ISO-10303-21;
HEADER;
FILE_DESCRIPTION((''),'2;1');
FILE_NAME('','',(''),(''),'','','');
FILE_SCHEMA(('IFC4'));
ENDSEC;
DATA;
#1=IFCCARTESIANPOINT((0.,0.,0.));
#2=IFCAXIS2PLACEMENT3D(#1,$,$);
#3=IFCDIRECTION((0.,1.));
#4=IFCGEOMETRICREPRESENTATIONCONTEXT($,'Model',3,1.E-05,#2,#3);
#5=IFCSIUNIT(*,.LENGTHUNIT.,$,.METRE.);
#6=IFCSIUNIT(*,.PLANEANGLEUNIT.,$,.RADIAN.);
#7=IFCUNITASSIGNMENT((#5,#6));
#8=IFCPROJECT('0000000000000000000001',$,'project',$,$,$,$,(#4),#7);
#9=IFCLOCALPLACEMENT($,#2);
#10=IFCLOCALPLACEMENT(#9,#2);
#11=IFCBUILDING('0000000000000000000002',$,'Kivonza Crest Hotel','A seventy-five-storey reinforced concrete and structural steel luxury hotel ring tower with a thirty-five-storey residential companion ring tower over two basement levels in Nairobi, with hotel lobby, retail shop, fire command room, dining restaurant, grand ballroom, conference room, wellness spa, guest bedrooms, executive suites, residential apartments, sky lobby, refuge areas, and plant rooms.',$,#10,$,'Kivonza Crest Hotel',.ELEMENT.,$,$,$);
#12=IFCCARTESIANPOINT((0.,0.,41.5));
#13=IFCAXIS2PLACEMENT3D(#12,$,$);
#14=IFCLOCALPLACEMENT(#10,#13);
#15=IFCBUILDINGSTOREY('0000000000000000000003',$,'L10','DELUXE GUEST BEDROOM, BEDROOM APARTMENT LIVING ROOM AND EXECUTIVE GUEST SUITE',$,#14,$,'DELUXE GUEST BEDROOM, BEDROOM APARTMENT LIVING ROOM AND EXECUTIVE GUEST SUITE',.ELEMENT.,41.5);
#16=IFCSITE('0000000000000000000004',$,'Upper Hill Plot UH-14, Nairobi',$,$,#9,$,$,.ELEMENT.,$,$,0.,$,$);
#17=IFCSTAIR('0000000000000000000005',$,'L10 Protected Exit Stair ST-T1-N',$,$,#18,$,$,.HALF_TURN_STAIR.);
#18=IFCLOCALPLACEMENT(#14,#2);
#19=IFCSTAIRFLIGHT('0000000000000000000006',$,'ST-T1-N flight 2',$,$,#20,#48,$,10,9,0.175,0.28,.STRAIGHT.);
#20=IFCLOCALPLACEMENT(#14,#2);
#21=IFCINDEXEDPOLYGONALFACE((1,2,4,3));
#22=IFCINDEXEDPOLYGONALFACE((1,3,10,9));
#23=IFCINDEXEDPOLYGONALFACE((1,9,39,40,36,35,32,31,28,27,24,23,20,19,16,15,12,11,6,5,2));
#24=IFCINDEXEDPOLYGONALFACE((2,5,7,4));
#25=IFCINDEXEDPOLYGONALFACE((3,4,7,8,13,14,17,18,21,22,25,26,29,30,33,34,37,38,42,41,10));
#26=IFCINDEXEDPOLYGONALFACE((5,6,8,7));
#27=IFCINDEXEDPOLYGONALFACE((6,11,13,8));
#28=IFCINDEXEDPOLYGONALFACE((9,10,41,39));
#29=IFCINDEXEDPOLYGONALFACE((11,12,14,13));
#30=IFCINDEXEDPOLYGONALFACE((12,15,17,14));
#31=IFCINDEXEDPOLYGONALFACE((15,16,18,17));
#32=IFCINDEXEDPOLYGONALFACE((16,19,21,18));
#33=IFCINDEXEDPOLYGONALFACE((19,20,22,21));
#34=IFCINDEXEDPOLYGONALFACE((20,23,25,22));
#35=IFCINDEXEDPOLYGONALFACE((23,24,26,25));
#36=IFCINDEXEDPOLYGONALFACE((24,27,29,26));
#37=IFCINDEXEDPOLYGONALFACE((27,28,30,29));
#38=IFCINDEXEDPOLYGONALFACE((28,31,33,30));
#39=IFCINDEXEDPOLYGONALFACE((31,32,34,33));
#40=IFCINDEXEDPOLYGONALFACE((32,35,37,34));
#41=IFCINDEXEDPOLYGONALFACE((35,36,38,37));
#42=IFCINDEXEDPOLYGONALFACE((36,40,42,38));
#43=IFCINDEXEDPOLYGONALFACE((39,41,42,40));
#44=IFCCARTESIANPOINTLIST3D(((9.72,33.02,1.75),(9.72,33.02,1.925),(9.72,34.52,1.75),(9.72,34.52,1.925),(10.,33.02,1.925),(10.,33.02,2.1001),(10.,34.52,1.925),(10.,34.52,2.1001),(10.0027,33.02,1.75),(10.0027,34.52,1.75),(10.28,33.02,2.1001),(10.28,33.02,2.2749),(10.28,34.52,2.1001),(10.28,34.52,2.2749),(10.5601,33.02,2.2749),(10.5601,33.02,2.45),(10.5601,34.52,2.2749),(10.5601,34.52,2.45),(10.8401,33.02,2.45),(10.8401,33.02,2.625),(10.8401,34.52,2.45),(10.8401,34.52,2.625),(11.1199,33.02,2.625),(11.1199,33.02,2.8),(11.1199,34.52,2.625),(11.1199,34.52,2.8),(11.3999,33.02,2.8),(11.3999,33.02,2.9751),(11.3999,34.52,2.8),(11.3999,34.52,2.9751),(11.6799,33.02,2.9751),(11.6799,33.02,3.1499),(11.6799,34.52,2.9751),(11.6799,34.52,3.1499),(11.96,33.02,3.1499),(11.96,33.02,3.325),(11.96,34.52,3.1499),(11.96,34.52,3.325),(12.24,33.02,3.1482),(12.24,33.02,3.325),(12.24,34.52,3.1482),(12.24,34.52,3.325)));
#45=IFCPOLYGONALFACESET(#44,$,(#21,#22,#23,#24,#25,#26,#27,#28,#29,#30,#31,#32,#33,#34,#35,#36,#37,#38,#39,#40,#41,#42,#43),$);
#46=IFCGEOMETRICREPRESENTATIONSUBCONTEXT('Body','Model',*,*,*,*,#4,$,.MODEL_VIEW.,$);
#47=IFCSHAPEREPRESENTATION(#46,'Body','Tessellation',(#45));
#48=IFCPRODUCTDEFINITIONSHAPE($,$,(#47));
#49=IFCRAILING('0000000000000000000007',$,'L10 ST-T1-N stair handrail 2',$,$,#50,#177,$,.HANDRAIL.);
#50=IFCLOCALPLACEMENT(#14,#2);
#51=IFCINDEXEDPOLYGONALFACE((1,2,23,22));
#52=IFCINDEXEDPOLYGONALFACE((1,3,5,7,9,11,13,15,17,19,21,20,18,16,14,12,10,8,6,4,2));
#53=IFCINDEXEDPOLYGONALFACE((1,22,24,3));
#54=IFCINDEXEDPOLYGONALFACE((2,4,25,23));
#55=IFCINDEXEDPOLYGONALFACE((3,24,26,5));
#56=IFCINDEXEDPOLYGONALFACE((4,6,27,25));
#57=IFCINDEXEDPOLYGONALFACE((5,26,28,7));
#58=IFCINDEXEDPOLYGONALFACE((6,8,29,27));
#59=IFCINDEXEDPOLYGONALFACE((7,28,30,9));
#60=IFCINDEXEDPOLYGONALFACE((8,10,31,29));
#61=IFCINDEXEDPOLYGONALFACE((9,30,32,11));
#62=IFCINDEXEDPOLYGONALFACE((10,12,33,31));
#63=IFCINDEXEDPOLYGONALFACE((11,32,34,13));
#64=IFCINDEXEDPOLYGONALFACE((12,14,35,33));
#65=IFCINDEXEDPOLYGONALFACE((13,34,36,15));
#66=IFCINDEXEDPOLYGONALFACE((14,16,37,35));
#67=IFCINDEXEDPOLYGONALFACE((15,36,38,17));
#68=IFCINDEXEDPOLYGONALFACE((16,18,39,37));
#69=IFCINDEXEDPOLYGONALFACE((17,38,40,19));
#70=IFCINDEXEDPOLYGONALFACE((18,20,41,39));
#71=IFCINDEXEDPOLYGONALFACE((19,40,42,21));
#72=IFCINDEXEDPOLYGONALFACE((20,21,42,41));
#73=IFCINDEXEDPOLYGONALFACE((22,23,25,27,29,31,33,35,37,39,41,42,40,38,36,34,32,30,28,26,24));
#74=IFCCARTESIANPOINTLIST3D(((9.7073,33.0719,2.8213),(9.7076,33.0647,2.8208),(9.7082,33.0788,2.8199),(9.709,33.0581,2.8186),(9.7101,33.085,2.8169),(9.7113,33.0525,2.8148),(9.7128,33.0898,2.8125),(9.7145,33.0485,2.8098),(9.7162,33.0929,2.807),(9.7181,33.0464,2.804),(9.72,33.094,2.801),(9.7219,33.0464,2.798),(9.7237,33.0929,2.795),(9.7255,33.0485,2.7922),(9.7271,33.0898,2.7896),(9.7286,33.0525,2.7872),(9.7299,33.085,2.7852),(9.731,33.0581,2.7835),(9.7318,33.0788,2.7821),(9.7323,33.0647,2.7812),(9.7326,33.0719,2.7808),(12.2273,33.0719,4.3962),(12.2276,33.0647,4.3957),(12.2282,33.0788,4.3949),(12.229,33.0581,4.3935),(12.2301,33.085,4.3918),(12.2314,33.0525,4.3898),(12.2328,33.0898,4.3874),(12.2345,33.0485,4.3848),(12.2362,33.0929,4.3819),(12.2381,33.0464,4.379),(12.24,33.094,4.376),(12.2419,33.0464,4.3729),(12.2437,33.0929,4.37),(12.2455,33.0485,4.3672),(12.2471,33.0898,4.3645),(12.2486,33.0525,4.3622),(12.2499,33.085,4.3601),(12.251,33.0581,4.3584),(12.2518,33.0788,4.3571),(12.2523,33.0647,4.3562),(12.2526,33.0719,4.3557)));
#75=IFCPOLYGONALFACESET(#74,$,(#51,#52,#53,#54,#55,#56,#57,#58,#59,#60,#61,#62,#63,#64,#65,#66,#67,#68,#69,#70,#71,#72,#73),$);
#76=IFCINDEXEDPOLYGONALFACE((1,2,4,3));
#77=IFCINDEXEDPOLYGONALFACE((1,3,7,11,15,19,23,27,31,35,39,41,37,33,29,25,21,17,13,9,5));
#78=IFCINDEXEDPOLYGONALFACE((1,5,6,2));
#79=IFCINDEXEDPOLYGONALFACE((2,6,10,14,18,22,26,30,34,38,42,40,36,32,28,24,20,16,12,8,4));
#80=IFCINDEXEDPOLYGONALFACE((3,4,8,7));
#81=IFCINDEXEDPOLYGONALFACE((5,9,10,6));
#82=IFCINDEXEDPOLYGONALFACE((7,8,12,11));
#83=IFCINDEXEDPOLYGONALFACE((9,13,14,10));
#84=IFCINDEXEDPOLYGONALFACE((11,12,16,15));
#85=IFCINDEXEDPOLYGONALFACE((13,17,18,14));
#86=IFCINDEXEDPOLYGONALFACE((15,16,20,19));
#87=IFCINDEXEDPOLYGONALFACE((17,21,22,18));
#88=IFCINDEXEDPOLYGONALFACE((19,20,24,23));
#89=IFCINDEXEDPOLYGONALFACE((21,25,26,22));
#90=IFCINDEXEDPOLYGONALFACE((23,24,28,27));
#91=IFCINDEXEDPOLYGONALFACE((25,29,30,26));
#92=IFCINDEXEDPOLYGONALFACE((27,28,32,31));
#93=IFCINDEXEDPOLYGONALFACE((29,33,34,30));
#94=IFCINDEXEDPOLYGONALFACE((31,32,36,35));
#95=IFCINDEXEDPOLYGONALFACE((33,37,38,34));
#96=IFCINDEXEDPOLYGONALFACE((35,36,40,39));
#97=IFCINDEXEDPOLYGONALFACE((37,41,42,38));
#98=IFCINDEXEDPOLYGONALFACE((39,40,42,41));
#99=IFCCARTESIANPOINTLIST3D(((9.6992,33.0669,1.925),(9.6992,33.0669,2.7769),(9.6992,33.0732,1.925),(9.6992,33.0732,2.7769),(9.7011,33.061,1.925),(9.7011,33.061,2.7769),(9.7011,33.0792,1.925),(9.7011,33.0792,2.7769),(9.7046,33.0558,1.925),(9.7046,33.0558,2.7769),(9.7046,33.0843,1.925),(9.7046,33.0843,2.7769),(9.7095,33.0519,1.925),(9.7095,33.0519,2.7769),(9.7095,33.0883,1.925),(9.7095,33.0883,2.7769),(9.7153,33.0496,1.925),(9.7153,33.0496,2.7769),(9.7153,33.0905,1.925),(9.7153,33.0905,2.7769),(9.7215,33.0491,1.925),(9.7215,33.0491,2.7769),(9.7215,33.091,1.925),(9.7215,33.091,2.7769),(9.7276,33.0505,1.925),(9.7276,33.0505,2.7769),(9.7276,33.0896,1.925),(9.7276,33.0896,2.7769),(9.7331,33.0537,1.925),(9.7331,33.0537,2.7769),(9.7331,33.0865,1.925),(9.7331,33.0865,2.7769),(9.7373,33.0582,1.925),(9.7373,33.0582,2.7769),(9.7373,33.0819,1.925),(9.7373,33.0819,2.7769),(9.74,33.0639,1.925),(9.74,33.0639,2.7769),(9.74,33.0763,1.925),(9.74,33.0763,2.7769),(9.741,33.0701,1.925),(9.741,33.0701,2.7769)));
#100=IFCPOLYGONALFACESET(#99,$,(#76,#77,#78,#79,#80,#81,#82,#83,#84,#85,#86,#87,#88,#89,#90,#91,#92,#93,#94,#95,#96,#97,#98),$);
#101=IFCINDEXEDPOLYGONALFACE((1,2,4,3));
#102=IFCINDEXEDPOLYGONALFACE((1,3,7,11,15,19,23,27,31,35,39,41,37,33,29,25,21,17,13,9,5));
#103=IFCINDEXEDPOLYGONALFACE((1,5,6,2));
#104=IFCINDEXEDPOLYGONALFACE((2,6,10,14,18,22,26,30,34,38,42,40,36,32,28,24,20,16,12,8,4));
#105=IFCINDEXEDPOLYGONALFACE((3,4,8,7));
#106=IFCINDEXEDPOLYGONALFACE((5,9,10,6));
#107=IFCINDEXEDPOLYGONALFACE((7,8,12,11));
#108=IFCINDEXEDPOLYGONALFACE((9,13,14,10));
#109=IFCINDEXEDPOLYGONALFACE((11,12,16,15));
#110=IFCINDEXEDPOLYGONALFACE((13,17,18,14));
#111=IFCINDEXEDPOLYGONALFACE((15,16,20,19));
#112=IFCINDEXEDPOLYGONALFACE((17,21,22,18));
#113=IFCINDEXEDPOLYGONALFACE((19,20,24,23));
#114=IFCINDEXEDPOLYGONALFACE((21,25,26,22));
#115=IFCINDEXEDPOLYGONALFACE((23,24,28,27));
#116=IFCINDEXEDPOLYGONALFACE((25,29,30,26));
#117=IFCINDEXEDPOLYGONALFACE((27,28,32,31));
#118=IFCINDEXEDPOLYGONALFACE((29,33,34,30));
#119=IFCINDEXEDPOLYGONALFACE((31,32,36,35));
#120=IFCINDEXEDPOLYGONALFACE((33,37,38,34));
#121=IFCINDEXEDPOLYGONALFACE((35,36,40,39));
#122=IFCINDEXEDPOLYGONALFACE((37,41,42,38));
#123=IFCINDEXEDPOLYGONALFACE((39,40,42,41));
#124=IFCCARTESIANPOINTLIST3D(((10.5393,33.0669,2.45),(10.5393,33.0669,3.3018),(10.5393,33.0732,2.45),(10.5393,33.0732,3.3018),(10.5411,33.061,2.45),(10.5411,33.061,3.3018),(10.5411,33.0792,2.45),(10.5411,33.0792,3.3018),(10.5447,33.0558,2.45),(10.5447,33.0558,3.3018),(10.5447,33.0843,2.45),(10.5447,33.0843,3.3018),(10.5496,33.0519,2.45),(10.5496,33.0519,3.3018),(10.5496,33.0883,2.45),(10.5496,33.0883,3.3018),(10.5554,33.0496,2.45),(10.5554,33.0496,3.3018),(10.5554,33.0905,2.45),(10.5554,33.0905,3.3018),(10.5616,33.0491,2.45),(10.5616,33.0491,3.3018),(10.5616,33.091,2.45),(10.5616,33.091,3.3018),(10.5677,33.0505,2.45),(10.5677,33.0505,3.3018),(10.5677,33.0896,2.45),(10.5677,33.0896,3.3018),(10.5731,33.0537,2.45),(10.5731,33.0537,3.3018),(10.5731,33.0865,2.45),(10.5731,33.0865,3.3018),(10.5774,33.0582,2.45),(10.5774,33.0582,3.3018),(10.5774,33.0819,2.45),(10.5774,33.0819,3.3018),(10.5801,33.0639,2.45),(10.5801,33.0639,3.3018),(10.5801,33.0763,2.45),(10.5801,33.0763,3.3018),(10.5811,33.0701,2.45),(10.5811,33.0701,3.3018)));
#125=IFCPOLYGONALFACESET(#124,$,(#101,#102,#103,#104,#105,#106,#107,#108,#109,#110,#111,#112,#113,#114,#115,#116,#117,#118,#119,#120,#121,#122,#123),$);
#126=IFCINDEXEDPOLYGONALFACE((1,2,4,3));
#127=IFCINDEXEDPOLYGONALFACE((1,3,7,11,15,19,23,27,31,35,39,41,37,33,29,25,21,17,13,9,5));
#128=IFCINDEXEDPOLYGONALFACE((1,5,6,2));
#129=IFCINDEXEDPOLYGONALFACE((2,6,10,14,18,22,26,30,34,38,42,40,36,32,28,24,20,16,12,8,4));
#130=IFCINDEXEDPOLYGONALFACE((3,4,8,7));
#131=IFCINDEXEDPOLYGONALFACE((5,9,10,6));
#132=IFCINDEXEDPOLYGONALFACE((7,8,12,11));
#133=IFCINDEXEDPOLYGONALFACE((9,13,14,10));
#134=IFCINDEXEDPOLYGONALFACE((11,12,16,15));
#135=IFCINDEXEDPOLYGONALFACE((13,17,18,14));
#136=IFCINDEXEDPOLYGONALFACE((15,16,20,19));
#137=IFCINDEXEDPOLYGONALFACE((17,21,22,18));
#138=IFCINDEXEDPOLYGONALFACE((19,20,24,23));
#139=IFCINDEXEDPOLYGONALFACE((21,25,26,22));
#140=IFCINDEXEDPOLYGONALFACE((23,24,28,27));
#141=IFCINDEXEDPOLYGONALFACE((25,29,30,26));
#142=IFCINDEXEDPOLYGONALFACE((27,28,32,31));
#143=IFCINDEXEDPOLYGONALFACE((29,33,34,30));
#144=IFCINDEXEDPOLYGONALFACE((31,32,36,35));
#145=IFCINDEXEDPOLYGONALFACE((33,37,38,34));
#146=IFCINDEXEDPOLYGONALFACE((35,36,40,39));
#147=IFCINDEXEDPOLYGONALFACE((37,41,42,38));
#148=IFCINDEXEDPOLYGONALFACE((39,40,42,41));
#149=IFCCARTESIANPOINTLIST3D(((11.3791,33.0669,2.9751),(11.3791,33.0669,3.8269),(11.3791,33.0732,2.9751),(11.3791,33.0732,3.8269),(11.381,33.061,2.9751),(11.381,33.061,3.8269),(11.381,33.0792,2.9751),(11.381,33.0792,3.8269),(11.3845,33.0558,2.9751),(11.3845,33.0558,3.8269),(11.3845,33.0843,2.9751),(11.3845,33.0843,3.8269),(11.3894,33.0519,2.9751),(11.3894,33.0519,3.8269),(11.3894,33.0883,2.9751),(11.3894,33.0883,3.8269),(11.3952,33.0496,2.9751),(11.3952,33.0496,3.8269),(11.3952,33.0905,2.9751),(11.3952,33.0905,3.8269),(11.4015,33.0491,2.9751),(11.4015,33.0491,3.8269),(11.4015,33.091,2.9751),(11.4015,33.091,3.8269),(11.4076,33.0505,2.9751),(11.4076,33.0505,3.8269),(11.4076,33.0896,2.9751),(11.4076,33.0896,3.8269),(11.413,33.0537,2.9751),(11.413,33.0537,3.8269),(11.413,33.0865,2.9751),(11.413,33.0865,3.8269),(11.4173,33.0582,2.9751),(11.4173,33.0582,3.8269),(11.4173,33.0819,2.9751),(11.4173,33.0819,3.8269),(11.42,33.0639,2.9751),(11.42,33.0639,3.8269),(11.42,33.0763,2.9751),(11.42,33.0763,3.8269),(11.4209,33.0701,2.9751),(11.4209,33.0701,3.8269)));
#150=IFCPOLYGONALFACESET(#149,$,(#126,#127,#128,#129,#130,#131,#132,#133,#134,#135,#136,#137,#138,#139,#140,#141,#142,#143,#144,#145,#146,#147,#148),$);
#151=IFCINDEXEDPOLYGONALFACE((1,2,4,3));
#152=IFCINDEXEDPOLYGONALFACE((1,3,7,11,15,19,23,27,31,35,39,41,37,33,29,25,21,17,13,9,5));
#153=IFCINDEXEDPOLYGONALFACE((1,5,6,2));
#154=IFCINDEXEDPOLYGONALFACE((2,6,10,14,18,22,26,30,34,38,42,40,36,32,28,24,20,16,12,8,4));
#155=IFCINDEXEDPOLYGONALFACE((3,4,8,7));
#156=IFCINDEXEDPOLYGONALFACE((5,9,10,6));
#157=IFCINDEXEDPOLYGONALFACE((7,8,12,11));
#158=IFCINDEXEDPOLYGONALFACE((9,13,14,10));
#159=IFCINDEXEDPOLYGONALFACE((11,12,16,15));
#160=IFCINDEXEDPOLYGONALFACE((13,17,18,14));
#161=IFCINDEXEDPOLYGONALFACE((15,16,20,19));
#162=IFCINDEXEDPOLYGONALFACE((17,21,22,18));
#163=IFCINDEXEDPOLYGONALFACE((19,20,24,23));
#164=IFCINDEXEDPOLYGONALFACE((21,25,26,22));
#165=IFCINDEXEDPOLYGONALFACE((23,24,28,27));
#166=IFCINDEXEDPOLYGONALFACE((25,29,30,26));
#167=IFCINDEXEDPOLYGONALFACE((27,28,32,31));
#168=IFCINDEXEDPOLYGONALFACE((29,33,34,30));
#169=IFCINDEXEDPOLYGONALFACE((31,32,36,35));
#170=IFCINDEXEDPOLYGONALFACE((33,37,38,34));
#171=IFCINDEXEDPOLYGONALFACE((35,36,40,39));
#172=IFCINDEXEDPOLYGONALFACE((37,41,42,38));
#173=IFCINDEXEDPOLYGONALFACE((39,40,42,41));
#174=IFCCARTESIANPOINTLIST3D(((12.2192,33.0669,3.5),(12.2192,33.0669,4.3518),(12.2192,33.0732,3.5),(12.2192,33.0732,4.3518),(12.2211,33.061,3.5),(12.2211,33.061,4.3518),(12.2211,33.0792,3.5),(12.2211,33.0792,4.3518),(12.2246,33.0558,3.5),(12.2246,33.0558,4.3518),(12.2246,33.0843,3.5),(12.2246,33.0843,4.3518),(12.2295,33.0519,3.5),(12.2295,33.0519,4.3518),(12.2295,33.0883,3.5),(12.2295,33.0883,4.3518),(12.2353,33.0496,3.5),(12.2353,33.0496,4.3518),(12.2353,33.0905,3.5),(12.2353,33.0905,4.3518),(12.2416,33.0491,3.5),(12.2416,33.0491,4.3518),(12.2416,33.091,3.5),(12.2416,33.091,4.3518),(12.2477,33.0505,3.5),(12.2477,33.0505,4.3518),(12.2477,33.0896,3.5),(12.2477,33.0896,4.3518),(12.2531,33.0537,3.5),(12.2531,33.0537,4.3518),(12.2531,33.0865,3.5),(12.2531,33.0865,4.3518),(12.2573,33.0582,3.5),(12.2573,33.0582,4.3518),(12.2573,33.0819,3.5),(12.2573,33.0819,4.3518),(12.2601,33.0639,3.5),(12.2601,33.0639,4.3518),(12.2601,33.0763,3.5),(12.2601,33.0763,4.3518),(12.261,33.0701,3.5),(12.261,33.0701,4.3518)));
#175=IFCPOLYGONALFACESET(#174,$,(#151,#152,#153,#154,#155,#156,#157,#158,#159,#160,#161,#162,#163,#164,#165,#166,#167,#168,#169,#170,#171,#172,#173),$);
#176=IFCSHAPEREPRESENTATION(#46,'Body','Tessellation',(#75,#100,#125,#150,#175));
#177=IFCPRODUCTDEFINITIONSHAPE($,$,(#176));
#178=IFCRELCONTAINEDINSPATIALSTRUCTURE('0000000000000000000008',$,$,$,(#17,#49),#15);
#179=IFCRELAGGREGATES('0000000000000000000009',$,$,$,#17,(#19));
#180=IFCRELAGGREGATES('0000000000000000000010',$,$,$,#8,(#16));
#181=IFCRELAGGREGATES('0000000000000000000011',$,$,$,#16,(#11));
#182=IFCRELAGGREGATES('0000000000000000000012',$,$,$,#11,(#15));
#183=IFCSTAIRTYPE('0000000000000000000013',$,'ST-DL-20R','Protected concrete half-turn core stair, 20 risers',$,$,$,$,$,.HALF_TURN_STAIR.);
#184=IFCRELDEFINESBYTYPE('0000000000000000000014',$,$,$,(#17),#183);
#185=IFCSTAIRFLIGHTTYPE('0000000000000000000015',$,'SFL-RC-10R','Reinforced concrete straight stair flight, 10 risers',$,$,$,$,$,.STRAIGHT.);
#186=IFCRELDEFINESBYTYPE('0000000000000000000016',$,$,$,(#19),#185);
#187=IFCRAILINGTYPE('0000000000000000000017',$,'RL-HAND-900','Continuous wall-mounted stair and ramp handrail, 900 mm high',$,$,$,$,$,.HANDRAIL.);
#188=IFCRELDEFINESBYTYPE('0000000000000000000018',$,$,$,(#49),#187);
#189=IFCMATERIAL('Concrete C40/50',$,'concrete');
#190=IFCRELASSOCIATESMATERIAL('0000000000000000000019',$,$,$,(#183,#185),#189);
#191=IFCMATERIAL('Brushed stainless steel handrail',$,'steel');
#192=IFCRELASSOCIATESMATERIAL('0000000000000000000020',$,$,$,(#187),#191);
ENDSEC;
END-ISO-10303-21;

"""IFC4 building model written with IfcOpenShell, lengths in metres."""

from ifc_helpers import new_model, si_unit, direction, frame, origin, origin_2d, place, context, subcontext, project, spatial, polyline, circle, outline, extrude, material, type_object, element, aggregate, save


model = new_model("IFC4")

# Units and contexts
model_context = context("Model", 3, precision=1e-05, world=origin(), true_north=direction((0.0, 1.0)))
body_context = subcontext(model_context, "Body", "Model", "MODEL_VIEW")
ifc_project = project(units=[si_unit("LENGTHUNIT", "METRE"), si_unit("PLANEANGLEUNIT", "RADIAN")], contexts=[model_context])

# Site, building, storey
site_placement = place(None, origin())
site = spatial("IfcSite", under=ifc_project, at=site_placement, Name="Upper Hill Plot UH-14, Nairobi", CompositionType="ELEMENT", RefElevation=0.0)
building_placement = place(site_placement, origin())
building = spatial("IfcBuilding", under=site, at=building_placement, Name="Kivonza Crest Hotel", Description="A seventy-five-storey reinforced concrete and structural steel luxury hotel ring tower with a thirty-five-storey residential companion ring tower over two basement levels in Nairobi, with hotel lobby, retail shop, fire command room, dining restaurant, grand ballroom, conference room, wellness spa, guest bedrooms, executive suites, residential apartments, sky lobby, refuge areas, and plant rooms.", LongName="Kivonza Crest Hotel", CompositionType="ELEMENT")
storey_placement = place(building_placement, frame((0.0, 0.0, 41.5)))
storey = spatial("IfcBuildingStorey", under=building, at=storey_placement, Name="L10", Description="DELUXE GUEST BEDROOM, BEDROOM APARTMENT LIVING ROOM AND EXECUTIVE GUEST SUITE", LongName="DELUXE GUEST BEDROOM, BEDROOM APARTMENT LIVING ROOM AND EXECUTIVE GUEST SUITE", CompositionType="ELEMENT", Elevation=41.5)

# Stair, stair flight
ifc_material_1 = material(Name="Concrete C40/50", Category="concrete")
stair_type = type_object("IfcStairType", Name="ST-DL-20R", Description="Protected concrete half-turn core stair, 20 risers", PredefinedType="HALF_TURN_STAIR", material=ifc_material_1)
stair_placement = place(storey_placement, origin())
stair = element("IfcStair", 1, at=stair_placement, inside=storey, type_object=stair_type, Name="L10 Protected Exit Stair ST-T1-N", PredefinedType="HALF_TURN_STAIR")
stair_flight_type = type_object("IfcStairFlightType", Name="SFL-RC-10R", Description="Reinforced concrete straight stair flight, 10 risers", PredefinedType="STRAIGHT", material=ifc_material_1)
stair_flight_placement = place(storey_placement, frame((9.72, 33.77, 1.75), z_axis=(0.0, 0.0, 1.0), x_axis=(1.0, 0.0, 0.0)))
stair_flight = element("IfcStairFlight", 2, at=stair_flight_placement, type_object=stair_flight_type, Name="ST-T1-N flight 2", NumberOfRisers=10, NumberOfTreads=9, PredefinedType="STRAIGHT", RiserHeight=0.175, TreadLength=0.28, context=body_context, shape_type="SweptSolid", body=[
    extrude(outline(polyline([(0.0, 0.0), (0.0, 0.175), (0.28, 0.175), (0.28, 0.3501), (0.5601, 0.3501), (0.5601, 0.5249), (0.8401, 0.5249), (0.8401, 0.7), (1.1201, 0.7), (1.1201, 0.875), (1.3999, 0.875), (1.3999, 1.05), (1.6799, 1.05), (1.6799, 1.2251), (1.96, 1.2251), (1.96, 1.3999), (2.24, 1.3999), (2.24, 1.575), (2.52, 1.575), (2.52, 1.75), (2.52, 1.3982), (0.2827, 0.0), (0.0, 0.0)])), frame((0.0, 0.75, 0.0), z_axis=(0.0, -1.0, 0.0), x_axis=(1.0, 0.0, 0.0)), (0.0, 0.0, 1.0), 1.5),
])
aggregate(stair, [stair_flight])

# Railing
ifc_material_2 = material(Name="Brushed stainless steel handrail", Category="steel")
railing_type_1 = type_object("IfcRailingType", Name="RL-HAND-900", Description="Continuous wall-mounted stair and ramp handrail, 900 mm high", PredefinedType="HANDRAIL", material=ifc_material_2)
railing_1_placement = place(storey_placement, frame((9.72, 33.0701, 1.925)))
element("IfcRailing", 3, at=railing_1_placement, inside=storey, type_object=railing_type_1, Name="L10 ST-T1-N stair handrail 2", PredefinedType="HANDRAIL", context=body_context, shape_type="SweptSolid", body=[
    extrude(circle(Radius=0.0239, at=origin_2d()), frame((0.0, 0.0, 0.876), z_axis=(0.848008, 0.0, 0.529984), x_axis=(0.0, 1.0, 0.0)), (0.0, 0.0, 1.0), 2.9717),
    extrude(circle(Radius=0.021, at=origin_2d()), origin(), (0.0, 0.0, 1.0), 0.8518),
    extrude(circle(Radius=0.021, at=origin_2d()), frame((0.8401, 0.0, 0.5249)), (0.0, 0.0, 1.0), 0.8518),
    extrude(circle(Radius=0.021, at=origin_2d()), frame((1.6799, 0.0, 1.05)), (0.0, 0.0, 1.0), 0.8518),
    extrude(circle(Radius=0.021, at=origin_2d()), frame((2.52, 0.0, 1.575)), (0.0, 0.0, 1.0), 0.8518),
])

save(model, "model.ifc")
